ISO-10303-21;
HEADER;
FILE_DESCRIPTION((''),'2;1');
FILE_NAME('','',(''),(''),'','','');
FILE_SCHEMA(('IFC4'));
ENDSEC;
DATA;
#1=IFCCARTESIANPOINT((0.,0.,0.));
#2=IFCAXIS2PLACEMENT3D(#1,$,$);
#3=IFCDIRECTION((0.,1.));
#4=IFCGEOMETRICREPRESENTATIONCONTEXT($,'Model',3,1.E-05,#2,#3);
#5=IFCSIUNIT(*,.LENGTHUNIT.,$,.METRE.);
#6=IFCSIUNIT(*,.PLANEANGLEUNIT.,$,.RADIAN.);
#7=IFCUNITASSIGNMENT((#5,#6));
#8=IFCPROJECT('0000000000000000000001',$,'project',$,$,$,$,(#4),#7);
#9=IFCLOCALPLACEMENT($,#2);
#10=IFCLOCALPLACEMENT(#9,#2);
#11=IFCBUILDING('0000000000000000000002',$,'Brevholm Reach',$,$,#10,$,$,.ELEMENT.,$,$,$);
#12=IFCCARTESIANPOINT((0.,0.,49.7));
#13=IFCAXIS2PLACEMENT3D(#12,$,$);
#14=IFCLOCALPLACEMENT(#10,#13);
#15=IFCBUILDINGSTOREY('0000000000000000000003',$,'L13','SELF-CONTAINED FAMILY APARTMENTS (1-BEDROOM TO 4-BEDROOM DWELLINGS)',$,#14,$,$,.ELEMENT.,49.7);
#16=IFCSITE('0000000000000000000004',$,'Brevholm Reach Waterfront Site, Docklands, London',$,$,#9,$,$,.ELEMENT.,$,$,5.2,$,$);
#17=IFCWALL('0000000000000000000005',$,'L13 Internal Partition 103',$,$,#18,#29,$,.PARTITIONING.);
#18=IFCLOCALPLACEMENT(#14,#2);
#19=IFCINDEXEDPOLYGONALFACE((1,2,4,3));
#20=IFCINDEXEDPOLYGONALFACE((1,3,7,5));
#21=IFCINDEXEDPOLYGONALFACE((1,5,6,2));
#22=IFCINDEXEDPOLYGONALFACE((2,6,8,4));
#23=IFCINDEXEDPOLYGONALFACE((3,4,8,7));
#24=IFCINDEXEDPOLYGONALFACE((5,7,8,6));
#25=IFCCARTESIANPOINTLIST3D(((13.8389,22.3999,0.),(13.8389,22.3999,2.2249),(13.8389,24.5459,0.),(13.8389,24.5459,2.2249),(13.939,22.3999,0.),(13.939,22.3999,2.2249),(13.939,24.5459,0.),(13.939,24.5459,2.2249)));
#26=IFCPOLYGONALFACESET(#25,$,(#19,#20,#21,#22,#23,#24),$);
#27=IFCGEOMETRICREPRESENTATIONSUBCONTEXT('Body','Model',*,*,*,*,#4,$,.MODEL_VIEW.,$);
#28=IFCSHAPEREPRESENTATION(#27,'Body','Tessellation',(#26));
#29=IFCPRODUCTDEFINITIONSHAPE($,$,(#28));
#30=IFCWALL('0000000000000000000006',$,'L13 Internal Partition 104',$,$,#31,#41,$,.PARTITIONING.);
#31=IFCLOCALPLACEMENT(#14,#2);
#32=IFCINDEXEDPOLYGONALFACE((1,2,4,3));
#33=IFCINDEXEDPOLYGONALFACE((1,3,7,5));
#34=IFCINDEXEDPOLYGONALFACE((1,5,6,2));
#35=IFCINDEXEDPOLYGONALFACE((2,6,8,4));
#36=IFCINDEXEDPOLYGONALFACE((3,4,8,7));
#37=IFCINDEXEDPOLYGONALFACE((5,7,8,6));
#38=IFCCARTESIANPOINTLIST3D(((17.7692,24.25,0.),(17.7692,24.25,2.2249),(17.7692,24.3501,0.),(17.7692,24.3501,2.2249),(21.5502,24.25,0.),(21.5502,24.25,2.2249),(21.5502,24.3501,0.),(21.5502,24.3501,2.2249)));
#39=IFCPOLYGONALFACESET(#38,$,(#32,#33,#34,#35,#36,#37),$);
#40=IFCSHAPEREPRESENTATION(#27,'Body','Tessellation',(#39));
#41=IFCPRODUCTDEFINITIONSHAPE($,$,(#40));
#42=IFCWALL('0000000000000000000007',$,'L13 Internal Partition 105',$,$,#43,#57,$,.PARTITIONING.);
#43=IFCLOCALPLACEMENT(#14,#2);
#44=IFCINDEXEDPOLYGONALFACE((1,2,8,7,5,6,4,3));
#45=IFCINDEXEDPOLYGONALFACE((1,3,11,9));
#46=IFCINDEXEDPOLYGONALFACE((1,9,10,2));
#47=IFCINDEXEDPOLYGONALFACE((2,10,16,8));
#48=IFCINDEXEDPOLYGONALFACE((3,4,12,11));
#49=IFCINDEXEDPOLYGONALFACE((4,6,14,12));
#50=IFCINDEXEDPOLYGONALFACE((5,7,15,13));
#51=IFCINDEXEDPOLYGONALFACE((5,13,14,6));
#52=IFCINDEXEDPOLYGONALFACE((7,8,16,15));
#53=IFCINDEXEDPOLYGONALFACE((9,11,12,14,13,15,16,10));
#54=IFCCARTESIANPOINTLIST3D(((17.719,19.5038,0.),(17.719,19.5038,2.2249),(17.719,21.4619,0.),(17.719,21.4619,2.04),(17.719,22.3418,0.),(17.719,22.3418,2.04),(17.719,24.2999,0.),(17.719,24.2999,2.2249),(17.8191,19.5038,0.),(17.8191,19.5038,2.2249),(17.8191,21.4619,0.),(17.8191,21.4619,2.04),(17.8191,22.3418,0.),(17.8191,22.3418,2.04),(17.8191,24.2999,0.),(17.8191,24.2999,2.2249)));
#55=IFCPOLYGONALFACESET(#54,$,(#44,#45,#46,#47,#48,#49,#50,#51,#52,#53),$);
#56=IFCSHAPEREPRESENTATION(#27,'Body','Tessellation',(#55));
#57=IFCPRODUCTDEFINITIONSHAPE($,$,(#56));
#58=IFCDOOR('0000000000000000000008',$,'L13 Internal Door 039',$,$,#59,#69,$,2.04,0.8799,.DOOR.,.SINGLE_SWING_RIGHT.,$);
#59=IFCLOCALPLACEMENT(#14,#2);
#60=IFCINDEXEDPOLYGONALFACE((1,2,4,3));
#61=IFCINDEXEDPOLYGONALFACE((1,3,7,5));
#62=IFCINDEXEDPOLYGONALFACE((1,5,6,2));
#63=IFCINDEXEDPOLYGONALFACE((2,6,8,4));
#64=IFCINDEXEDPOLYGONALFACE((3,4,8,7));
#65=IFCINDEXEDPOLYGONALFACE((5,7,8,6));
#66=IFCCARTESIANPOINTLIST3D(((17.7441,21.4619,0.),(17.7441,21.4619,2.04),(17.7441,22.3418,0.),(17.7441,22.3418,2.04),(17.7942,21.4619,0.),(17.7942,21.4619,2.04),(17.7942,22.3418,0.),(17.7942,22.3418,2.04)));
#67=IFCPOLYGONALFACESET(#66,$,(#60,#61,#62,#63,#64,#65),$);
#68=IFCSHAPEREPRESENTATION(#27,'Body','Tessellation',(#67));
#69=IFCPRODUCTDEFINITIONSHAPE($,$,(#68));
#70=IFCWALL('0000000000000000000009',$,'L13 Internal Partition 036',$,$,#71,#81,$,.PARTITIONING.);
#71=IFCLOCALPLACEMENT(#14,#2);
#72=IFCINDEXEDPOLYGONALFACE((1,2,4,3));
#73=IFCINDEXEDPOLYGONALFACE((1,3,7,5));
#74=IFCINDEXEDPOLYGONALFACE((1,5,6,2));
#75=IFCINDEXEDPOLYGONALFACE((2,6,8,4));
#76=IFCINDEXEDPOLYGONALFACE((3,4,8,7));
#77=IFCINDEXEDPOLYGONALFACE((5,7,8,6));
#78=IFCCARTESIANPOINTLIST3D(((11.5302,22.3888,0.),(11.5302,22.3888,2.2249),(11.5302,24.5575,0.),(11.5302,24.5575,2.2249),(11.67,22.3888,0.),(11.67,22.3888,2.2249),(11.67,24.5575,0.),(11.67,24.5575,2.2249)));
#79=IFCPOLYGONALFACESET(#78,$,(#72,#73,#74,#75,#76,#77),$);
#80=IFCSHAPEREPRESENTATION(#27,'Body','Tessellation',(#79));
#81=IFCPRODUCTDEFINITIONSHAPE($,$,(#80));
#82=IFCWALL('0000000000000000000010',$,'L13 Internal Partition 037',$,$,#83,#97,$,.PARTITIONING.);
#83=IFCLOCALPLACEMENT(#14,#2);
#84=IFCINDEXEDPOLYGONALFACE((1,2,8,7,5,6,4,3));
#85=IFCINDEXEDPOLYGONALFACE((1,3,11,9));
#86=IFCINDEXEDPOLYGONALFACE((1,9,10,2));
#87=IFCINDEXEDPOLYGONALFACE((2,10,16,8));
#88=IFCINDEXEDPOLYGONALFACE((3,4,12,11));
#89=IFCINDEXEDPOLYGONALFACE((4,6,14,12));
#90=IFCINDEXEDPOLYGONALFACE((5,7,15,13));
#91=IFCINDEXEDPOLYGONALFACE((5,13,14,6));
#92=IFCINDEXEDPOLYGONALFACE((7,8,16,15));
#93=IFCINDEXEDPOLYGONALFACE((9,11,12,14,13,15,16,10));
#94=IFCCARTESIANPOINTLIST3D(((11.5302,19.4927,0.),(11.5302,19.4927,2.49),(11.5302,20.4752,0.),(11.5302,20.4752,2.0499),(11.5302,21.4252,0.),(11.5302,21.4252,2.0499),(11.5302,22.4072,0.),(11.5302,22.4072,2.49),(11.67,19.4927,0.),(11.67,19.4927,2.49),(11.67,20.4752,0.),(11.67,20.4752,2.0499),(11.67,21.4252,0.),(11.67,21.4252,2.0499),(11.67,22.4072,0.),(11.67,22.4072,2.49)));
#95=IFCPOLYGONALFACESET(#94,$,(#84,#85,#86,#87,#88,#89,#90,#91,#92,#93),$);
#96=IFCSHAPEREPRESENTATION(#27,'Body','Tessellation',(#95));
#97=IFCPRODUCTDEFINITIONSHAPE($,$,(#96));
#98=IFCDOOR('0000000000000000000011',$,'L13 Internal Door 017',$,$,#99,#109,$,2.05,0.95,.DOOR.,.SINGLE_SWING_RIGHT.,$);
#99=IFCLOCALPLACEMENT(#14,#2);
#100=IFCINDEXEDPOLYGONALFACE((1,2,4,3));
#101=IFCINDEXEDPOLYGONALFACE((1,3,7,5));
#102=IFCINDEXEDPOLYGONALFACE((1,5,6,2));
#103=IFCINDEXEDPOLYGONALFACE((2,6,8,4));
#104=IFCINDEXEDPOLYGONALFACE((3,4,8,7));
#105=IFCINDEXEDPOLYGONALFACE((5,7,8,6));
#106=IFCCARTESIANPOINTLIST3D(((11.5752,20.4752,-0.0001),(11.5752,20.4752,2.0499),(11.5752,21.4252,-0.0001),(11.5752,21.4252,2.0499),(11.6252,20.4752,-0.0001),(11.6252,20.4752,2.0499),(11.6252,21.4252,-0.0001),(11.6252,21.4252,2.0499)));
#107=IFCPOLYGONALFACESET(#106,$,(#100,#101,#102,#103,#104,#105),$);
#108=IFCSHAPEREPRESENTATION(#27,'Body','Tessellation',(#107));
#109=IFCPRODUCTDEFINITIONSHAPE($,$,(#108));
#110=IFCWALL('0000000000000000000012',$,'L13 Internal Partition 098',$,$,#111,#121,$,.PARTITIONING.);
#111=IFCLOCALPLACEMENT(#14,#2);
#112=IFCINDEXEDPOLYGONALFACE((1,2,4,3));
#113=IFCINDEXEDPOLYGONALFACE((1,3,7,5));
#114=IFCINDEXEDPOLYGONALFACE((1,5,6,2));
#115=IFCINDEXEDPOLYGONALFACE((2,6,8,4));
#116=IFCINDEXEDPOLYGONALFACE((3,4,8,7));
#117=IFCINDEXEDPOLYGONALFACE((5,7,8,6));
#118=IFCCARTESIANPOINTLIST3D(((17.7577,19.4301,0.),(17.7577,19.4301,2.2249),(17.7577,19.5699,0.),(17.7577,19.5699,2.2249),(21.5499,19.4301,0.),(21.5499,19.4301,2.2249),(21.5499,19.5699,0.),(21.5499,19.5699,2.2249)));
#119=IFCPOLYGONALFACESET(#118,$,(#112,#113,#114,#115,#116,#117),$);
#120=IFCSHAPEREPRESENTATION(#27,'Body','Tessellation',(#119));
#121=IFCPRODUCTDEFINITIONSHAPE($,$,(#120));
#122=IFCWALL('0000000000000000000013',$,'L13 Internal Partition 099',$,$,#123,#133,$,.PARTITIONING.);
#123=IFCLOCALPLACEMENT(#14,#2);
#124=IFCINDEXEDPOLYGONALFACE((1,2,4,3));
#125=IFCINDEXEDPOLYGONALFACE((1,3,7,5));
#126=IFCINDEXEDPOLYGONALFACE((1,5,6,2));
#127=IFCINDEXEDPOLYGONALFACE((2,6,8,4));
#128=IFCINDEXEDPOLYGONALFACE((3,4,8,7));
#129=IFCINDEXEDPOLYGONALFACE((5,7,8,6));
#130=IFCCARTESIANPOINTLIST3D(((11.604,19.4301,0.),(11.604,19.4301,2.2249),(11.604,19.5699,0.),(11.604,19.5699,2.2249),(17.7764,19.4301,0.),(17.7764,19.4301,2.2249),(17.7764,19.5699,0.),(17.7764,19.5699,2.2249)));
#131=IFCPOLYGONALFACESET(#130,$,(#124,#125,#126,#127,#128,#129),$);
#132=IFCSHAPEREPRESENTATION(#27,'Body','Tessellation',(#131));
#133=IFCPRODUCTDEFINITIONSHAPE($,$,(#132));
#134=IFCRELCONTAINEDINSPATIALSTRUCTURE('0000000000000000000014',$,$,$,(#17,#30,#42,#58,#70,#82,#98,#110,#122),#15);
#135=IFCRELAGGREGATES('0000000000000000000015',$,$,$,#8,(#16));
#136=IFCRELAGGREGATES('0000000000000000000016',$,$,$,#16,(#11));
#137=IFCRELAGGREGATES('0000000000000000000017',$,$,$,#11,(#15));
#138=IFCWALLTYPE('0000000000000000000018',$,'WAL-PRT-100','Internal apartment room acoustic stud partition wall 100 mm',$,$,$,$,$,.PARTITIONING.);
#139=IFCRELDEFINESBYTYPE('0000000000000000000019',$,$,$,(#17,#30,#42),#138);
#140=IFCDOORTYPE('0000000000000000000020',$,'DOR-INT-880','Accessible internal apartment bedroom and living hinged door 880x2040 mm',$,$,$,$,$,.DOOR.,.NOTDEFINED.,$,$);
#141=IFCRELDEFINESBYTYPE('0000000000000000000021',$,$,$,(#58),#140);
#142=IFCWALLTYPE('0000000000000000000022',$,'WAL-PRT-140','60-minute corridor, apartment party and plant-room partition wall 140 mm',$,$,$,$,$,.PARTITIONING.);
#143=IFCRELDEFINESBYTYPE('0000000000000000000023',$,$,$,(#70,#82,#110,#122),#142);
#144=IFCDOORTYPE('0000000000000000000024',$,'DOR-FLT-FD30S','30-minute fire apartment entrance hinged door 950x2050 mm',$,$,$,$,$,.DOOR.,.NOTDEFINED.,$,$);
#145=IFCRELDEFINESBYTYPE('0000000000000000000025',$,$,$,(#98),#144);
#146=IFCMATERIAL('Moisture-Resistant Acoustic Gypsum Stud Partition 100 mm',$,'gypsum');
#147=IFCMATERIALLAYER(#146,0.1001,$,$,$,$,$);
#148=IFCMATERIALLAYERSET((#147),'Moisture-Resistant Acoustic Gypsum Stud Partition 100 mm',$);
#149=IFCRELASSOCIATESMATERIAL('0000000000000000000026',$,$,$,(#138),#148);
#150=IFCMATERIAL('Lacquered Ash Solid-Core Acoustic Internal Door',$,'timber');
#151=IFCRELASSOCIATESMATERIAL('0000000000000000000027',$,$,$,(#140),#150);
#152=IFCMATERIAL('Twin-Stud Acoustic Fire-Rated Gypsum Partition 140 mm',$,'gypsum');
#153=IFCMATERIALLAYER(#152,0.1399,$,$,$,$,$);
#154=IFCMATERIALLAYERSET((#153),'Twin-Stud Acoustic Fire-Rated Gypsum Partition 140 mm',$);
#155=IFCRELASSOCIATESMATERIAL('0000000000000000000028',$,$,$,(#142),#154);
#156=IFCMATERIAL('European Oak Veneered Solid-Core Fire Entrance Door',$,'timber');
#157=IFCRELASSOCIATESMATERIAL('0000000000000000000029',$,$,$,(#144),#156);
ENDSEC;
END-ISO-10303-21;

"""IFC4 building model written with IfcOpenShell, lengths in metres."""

from ifc_helpers import new_model, si_unit, direction, frame, frame_2d, origin, place, context, subcontext, project, spatial, rectangle, extrude, material, layer, layer_set, type_object, element, fill, save


model = new_model("IFC4")

# Units and contexts
model_context = context("Model", 3, precision=1e-05, world=origin(), true_north=direction((0.0, 1.0)))
body_context = subcontext(model_context, "Body", "Model", "MODEL_VIEW")
ifc_project = project(units=[si_unit("LENGTHUNIT", "METRE"), si_unit("PLANEANGLEUNIT", "RADIAN")], contexts=[model_context])

# Site, building, storey
site_placement = place(None, origin())
site = spatial("IfcSite", under=ifc_project, at=site_placement, Name="Brevholm Reach Waterfront Site, Docklands, London", CompositionType="ELEMENT", RefElevation=5.2)
building_placement = place(site_placement, origin())
building = spatial("IfcBuilding", under=site, at=building_placement, Name="Brevholm Reach", CompositionType="ELEMENT")
storey_placement = place(building_placement, frame((0.0, 0.0, 49.7)))
storey = spatial("IfcBuildingStorey", under=building, at=storey_placement, Name="L13", Description="SELF-CONTAINED FAMILY APARTMENTS (1-BEDROOM TO 4-BEDROOM DWELLINGS)", CompositionType="ELEMENT", Elevation=49.7)

# Shared definitions
ifc_material_1 = material(Name="Moisture-Resistant Acoustic Gypsum Stud Partition 100 mm", Category="gypsum")
ifc_layer_1 = layer(ifc_material_1, 0.1001)
ifc_layer_set_1 = layer_set([ifc_layer_1], Name="Moisture-Resistant Acoustic Gypsum Stud Partition 100 mm")
wall_type_1 = type_object("IfcWallType", Name="WAL-PRT-100", Description="Internal apartment room acoustic stud partition wall 100 mm", PredefinedType="PARTITIONING", material=ifc_layer_set_1)

# Shared definitions
ifc_material_2 = material(Name="Lacquered Ash Solid-Core Acoustic Internal Door", Category="timber")
door_type_1 = type_object("IfcDoorType", Name="DOR-INT-880", Description="Accessible internal apartment bedroom and living hinged door 880x2040 mm", OperationType="NOTDEFINED", PredefinedType="DOOR", material=ifc_material_2)

# Walls
wall_1_placement = place(storey_placement, frame((13.8889, 22.3999, 0.0), z_axis=(0.0, 0.0, 1.0), x_axis=(0.0, 1.0, 0.0)))
element("IfcWall", 1, at=wall_1_placement, inside=storey, type_object=wall_type_1, Name="L13 Internal Partition 103", PredefinedType="PARTITIONING", context=body_context, shape_type="SweptSolid", body=[
    extrude(rectangle(XDim=2.146, YDim=0.1001, at=frame_2d((1.073, 0.0))), origin(), (0.0, 0.0, 1.0), 2.2249),
])
wall_2_placement = place(storey_placement, frame((17.769, 24.3, 0.0), z_axis=(0.0, 0.0, 1.0), x_axis=(1.0, 0.0, 0.0)))
element("IfcWall", 2, at=wall_2_placement, inside=storey, type_object=wall_type_1, Name="L13 Internal Partition 104", PredefinedType="PARTITIONING", context=body_context, shape_type="SweptSolid", body=[
    extrude(rectangle(XDim=3.781, YDim=0.1001, at=frame_2d((1.8906, 0.0))), origin(), (0.0, 0.0, 1.0), 2.2249),
])

# Wall, opening, door
wall_3_placement = place(storey_placement, frame((17.769, 19.5039, 0.0), z_axis=(0.0, 0.0, 1.0), x_axis=(0.0, 1.0, 0.0)))
wall_3 = element("IfcWall", 3, at=wall_3_placement, inside=storey, type_object=wall_type_1, Name="L13 Internal Partition 105", PredefinedType="PARTITIONING", context=body_context, shape_type="SweptSolid", body=[
    extrude(rectangle(XDim=4.7961, YDim=0.1001, at=frame_2d((2.3979, 0.0))), origin(), (0.0, 0.0, 1.0), 2.2249),
])
opening_1_placement = place(wall_3_placement, frame((1.958, 0.0, 0.0)))
opening_1 = element("IfcOpeningElement", 4, at=opening_1_placement, cuts=wall_3, PredefinedType="OPENING", context=body_context, shape_type="SweptSolid", body=[
    extrude(rectangle(XDim=0.8799, YDim=2.04, at=frame_2d((0.4399, 1.02))), frame((0.0, 0.0601, 0.0), z_axis=(0.0, -1.0, 0.0), x_axis=(1.0, 0.0, 0.0)), (0.0, 0.0, 1.0), 0.1201),
])
door_1_placement = place(opening_1_placement, origin())
door_1 = element("IfcDoor", 5, at=door_1_placement, inside=storey, type_object=door_type_1, Name="L13 Internal Door 039", OperationType="SINGLE_SWING_RIGHT", OverallHeight=2.04, OverallWidth=0.8799, PredefinedType="DOOR", context=body_context, shape_type="SweptSolid", body=[
    extrude(rectangle(XDim=0.8799, YDim=2.04, at=frame_2d((0.4399, 1.02))), frame((0.0, 0.0249, 0.0), z_axis=(0.0, -1.0, 0.0), x_axis=(1.0, 0.0, 0.0)), (0.0, 0.0, 1.0), 0.05),
])
fill(opening_1, door_1)

# Wall
ifc_material_3 = material(Name="Twin-Stud Acoustic Fire-Rated Gypsum Partition 140 mm", Category="gypsum")
ifc_layer_2 = layer(ifc_material_3, 0.1399)
ifc_layer_set_2 = layer_set([ifc_layer_2], Name="Twin-Stud Acoustic Fire-Rated Gypsum Partition 140 mm")
wall_type_2 = type_object("IfcWallType", Name="WAL-PRT-140", Description="60-minute corridor, apartment party and plant-room partition wall 140 mm", PredefinedType="PARTITIONING", material=ifc_layer_set_2)
wall_4_placement = place(storey_placement, frame((11.6001, 22.3887, 0.0), z_axis=(0.0, 0.0, 1.0), x_axis=(0.0, 1.0, 0.0)))
element("IfcWall", 6, at=wall_4_placement, inside=storey, type_object=wall_type_2, Name="L13 Internal Partition 036", PredefinedType="PARTITIONING", context=body_context, shape_type="SweptSolid", body=[
    extrude(rectangle(XDim=2.1687, YDim=0.1399, at=frame_2d((1.0845, 0.0))), origin(), (0.0, 0.0, 1.0), 2.2249),
])

# Wall, opening, door
wall_5_placement = place(storey_placement, frame((11.6001, 19.4927, 0.0), z_axis=(0.0, 0.0, 1.0), x_axis=(0.0, 1.0, 0.0)))
wall_5 = element("IfcWall", 7, at=wall_5_placement, inside=storey, type_object=wall_type_2, Name="L13 Internal Partition 037", PredefinedType="PARTITIONING", context=body_context, shape_type="SweptSolid", body=[
    extrude(rectangle(XDim=2.9146, YDim=0.1399, at=frame_2d((1.4573, 0.0))), origin(), (0.0, 0.0, 1.0), 2.49),
])
opening_2_placement = place(wall_5_placement, frame((0.9824, 0.0, 0.0)))
opening_2 = element("IfcOpeningElement", 8, at=opening_2_placement, cuts=wall_5, PredefinedType="OPENING", context=body_context, shape_type="SweptSolid", body=[
    extrude(rectangle(XDim=0.95, YDim=2.05, at=frame_2d((0.4751, 1.0249))), frame((0.0, 0.0798, 0.0), z_axis=(0.0, -1.0, 0.0), x_axis=(1.0, 0.0, 0.0)), (0.0, 0.0, 1.0), 0.1599),
])
ifc_material_4 = material(Name="European Oak Veneered Solid-Core Fire Entrance Door", Category="timber")
door_type_2 = type_object("IfcDoorType", Name="DOR-FLT-FD30S", Description="30-minute fire apartment entrance hinged door 950x2050 mm", OperationType="NOTDEFINED", PredefinedType="DOOR", material=ifc_material_4)
door_2_placement = place(opening_2_placement, origin())
door_2 = element("IfcDoor", 9, at=door_2_placement, inside=storey, type_object=door_type_2, Name="L13 Internal Door 017", OperationType="SINGLE_SWING_RIGHT", OverallHeight=2.05, OverallWidth=0.95, PredefinedType="DOOR", context=body_context, shape_type="SweptSolid", body=[
    extrude(rectangle(XDim=0.95, YDim=2.05, at=frame_2d((0.4751, 1.0249))), frame((0.0, 0.0249, 0.0), z_axis=(0.0, -1.0, 0.0), x_axis=(1.0, 0.0, 0.0)), (0.0, 0.0, 1.0), 0.05),
])
fill(opening_2, door_2)

# Walls
wall_6_placement = place(storey_placement, frame((17.7578, 19.5, 0.0), z_axis=(0.0, 0.0, 1.0), x_axis=(1.0, 0.0, 0.0)))
element("IfcWall", 10, at=wall_6_placement, inside=storey, type_object=wall_type_2, Name="L13 Internal Partition 098", PredefinedType="PARTITIONING", context=body_context, shape_type="SweptSolid", body=[
    extrude(rectangle(XDim=3.7922, YDim=0.1399, at=frame_2d((1.896, 0.0))), origin(), (0.0, 0.0, 1.0), 2.2249),
])
wall_7_placement = place(storey_placement, frame((11.604, 19.5, 0.0), z_axis=(0.0, 0.0, 1.0), x_axis=(1.0, 0.0, 0.0)))
element("IfcWall", 11, at=wall_7_placement, inside=storey, type_object=wall_type_2, Name="L13 Internal Partition 099", PredefinedType="PARTITIONING", context=body_context, shape_type="SweptSolid", body=[
    extrude(rectangle(XDim=6.1724, YDim=0.1399, at=frame_2d((3.0862, 0.0))), origin(), (0.0, 0.0, 1.0), 2.2249),
])

save(model, "model.ifc")
